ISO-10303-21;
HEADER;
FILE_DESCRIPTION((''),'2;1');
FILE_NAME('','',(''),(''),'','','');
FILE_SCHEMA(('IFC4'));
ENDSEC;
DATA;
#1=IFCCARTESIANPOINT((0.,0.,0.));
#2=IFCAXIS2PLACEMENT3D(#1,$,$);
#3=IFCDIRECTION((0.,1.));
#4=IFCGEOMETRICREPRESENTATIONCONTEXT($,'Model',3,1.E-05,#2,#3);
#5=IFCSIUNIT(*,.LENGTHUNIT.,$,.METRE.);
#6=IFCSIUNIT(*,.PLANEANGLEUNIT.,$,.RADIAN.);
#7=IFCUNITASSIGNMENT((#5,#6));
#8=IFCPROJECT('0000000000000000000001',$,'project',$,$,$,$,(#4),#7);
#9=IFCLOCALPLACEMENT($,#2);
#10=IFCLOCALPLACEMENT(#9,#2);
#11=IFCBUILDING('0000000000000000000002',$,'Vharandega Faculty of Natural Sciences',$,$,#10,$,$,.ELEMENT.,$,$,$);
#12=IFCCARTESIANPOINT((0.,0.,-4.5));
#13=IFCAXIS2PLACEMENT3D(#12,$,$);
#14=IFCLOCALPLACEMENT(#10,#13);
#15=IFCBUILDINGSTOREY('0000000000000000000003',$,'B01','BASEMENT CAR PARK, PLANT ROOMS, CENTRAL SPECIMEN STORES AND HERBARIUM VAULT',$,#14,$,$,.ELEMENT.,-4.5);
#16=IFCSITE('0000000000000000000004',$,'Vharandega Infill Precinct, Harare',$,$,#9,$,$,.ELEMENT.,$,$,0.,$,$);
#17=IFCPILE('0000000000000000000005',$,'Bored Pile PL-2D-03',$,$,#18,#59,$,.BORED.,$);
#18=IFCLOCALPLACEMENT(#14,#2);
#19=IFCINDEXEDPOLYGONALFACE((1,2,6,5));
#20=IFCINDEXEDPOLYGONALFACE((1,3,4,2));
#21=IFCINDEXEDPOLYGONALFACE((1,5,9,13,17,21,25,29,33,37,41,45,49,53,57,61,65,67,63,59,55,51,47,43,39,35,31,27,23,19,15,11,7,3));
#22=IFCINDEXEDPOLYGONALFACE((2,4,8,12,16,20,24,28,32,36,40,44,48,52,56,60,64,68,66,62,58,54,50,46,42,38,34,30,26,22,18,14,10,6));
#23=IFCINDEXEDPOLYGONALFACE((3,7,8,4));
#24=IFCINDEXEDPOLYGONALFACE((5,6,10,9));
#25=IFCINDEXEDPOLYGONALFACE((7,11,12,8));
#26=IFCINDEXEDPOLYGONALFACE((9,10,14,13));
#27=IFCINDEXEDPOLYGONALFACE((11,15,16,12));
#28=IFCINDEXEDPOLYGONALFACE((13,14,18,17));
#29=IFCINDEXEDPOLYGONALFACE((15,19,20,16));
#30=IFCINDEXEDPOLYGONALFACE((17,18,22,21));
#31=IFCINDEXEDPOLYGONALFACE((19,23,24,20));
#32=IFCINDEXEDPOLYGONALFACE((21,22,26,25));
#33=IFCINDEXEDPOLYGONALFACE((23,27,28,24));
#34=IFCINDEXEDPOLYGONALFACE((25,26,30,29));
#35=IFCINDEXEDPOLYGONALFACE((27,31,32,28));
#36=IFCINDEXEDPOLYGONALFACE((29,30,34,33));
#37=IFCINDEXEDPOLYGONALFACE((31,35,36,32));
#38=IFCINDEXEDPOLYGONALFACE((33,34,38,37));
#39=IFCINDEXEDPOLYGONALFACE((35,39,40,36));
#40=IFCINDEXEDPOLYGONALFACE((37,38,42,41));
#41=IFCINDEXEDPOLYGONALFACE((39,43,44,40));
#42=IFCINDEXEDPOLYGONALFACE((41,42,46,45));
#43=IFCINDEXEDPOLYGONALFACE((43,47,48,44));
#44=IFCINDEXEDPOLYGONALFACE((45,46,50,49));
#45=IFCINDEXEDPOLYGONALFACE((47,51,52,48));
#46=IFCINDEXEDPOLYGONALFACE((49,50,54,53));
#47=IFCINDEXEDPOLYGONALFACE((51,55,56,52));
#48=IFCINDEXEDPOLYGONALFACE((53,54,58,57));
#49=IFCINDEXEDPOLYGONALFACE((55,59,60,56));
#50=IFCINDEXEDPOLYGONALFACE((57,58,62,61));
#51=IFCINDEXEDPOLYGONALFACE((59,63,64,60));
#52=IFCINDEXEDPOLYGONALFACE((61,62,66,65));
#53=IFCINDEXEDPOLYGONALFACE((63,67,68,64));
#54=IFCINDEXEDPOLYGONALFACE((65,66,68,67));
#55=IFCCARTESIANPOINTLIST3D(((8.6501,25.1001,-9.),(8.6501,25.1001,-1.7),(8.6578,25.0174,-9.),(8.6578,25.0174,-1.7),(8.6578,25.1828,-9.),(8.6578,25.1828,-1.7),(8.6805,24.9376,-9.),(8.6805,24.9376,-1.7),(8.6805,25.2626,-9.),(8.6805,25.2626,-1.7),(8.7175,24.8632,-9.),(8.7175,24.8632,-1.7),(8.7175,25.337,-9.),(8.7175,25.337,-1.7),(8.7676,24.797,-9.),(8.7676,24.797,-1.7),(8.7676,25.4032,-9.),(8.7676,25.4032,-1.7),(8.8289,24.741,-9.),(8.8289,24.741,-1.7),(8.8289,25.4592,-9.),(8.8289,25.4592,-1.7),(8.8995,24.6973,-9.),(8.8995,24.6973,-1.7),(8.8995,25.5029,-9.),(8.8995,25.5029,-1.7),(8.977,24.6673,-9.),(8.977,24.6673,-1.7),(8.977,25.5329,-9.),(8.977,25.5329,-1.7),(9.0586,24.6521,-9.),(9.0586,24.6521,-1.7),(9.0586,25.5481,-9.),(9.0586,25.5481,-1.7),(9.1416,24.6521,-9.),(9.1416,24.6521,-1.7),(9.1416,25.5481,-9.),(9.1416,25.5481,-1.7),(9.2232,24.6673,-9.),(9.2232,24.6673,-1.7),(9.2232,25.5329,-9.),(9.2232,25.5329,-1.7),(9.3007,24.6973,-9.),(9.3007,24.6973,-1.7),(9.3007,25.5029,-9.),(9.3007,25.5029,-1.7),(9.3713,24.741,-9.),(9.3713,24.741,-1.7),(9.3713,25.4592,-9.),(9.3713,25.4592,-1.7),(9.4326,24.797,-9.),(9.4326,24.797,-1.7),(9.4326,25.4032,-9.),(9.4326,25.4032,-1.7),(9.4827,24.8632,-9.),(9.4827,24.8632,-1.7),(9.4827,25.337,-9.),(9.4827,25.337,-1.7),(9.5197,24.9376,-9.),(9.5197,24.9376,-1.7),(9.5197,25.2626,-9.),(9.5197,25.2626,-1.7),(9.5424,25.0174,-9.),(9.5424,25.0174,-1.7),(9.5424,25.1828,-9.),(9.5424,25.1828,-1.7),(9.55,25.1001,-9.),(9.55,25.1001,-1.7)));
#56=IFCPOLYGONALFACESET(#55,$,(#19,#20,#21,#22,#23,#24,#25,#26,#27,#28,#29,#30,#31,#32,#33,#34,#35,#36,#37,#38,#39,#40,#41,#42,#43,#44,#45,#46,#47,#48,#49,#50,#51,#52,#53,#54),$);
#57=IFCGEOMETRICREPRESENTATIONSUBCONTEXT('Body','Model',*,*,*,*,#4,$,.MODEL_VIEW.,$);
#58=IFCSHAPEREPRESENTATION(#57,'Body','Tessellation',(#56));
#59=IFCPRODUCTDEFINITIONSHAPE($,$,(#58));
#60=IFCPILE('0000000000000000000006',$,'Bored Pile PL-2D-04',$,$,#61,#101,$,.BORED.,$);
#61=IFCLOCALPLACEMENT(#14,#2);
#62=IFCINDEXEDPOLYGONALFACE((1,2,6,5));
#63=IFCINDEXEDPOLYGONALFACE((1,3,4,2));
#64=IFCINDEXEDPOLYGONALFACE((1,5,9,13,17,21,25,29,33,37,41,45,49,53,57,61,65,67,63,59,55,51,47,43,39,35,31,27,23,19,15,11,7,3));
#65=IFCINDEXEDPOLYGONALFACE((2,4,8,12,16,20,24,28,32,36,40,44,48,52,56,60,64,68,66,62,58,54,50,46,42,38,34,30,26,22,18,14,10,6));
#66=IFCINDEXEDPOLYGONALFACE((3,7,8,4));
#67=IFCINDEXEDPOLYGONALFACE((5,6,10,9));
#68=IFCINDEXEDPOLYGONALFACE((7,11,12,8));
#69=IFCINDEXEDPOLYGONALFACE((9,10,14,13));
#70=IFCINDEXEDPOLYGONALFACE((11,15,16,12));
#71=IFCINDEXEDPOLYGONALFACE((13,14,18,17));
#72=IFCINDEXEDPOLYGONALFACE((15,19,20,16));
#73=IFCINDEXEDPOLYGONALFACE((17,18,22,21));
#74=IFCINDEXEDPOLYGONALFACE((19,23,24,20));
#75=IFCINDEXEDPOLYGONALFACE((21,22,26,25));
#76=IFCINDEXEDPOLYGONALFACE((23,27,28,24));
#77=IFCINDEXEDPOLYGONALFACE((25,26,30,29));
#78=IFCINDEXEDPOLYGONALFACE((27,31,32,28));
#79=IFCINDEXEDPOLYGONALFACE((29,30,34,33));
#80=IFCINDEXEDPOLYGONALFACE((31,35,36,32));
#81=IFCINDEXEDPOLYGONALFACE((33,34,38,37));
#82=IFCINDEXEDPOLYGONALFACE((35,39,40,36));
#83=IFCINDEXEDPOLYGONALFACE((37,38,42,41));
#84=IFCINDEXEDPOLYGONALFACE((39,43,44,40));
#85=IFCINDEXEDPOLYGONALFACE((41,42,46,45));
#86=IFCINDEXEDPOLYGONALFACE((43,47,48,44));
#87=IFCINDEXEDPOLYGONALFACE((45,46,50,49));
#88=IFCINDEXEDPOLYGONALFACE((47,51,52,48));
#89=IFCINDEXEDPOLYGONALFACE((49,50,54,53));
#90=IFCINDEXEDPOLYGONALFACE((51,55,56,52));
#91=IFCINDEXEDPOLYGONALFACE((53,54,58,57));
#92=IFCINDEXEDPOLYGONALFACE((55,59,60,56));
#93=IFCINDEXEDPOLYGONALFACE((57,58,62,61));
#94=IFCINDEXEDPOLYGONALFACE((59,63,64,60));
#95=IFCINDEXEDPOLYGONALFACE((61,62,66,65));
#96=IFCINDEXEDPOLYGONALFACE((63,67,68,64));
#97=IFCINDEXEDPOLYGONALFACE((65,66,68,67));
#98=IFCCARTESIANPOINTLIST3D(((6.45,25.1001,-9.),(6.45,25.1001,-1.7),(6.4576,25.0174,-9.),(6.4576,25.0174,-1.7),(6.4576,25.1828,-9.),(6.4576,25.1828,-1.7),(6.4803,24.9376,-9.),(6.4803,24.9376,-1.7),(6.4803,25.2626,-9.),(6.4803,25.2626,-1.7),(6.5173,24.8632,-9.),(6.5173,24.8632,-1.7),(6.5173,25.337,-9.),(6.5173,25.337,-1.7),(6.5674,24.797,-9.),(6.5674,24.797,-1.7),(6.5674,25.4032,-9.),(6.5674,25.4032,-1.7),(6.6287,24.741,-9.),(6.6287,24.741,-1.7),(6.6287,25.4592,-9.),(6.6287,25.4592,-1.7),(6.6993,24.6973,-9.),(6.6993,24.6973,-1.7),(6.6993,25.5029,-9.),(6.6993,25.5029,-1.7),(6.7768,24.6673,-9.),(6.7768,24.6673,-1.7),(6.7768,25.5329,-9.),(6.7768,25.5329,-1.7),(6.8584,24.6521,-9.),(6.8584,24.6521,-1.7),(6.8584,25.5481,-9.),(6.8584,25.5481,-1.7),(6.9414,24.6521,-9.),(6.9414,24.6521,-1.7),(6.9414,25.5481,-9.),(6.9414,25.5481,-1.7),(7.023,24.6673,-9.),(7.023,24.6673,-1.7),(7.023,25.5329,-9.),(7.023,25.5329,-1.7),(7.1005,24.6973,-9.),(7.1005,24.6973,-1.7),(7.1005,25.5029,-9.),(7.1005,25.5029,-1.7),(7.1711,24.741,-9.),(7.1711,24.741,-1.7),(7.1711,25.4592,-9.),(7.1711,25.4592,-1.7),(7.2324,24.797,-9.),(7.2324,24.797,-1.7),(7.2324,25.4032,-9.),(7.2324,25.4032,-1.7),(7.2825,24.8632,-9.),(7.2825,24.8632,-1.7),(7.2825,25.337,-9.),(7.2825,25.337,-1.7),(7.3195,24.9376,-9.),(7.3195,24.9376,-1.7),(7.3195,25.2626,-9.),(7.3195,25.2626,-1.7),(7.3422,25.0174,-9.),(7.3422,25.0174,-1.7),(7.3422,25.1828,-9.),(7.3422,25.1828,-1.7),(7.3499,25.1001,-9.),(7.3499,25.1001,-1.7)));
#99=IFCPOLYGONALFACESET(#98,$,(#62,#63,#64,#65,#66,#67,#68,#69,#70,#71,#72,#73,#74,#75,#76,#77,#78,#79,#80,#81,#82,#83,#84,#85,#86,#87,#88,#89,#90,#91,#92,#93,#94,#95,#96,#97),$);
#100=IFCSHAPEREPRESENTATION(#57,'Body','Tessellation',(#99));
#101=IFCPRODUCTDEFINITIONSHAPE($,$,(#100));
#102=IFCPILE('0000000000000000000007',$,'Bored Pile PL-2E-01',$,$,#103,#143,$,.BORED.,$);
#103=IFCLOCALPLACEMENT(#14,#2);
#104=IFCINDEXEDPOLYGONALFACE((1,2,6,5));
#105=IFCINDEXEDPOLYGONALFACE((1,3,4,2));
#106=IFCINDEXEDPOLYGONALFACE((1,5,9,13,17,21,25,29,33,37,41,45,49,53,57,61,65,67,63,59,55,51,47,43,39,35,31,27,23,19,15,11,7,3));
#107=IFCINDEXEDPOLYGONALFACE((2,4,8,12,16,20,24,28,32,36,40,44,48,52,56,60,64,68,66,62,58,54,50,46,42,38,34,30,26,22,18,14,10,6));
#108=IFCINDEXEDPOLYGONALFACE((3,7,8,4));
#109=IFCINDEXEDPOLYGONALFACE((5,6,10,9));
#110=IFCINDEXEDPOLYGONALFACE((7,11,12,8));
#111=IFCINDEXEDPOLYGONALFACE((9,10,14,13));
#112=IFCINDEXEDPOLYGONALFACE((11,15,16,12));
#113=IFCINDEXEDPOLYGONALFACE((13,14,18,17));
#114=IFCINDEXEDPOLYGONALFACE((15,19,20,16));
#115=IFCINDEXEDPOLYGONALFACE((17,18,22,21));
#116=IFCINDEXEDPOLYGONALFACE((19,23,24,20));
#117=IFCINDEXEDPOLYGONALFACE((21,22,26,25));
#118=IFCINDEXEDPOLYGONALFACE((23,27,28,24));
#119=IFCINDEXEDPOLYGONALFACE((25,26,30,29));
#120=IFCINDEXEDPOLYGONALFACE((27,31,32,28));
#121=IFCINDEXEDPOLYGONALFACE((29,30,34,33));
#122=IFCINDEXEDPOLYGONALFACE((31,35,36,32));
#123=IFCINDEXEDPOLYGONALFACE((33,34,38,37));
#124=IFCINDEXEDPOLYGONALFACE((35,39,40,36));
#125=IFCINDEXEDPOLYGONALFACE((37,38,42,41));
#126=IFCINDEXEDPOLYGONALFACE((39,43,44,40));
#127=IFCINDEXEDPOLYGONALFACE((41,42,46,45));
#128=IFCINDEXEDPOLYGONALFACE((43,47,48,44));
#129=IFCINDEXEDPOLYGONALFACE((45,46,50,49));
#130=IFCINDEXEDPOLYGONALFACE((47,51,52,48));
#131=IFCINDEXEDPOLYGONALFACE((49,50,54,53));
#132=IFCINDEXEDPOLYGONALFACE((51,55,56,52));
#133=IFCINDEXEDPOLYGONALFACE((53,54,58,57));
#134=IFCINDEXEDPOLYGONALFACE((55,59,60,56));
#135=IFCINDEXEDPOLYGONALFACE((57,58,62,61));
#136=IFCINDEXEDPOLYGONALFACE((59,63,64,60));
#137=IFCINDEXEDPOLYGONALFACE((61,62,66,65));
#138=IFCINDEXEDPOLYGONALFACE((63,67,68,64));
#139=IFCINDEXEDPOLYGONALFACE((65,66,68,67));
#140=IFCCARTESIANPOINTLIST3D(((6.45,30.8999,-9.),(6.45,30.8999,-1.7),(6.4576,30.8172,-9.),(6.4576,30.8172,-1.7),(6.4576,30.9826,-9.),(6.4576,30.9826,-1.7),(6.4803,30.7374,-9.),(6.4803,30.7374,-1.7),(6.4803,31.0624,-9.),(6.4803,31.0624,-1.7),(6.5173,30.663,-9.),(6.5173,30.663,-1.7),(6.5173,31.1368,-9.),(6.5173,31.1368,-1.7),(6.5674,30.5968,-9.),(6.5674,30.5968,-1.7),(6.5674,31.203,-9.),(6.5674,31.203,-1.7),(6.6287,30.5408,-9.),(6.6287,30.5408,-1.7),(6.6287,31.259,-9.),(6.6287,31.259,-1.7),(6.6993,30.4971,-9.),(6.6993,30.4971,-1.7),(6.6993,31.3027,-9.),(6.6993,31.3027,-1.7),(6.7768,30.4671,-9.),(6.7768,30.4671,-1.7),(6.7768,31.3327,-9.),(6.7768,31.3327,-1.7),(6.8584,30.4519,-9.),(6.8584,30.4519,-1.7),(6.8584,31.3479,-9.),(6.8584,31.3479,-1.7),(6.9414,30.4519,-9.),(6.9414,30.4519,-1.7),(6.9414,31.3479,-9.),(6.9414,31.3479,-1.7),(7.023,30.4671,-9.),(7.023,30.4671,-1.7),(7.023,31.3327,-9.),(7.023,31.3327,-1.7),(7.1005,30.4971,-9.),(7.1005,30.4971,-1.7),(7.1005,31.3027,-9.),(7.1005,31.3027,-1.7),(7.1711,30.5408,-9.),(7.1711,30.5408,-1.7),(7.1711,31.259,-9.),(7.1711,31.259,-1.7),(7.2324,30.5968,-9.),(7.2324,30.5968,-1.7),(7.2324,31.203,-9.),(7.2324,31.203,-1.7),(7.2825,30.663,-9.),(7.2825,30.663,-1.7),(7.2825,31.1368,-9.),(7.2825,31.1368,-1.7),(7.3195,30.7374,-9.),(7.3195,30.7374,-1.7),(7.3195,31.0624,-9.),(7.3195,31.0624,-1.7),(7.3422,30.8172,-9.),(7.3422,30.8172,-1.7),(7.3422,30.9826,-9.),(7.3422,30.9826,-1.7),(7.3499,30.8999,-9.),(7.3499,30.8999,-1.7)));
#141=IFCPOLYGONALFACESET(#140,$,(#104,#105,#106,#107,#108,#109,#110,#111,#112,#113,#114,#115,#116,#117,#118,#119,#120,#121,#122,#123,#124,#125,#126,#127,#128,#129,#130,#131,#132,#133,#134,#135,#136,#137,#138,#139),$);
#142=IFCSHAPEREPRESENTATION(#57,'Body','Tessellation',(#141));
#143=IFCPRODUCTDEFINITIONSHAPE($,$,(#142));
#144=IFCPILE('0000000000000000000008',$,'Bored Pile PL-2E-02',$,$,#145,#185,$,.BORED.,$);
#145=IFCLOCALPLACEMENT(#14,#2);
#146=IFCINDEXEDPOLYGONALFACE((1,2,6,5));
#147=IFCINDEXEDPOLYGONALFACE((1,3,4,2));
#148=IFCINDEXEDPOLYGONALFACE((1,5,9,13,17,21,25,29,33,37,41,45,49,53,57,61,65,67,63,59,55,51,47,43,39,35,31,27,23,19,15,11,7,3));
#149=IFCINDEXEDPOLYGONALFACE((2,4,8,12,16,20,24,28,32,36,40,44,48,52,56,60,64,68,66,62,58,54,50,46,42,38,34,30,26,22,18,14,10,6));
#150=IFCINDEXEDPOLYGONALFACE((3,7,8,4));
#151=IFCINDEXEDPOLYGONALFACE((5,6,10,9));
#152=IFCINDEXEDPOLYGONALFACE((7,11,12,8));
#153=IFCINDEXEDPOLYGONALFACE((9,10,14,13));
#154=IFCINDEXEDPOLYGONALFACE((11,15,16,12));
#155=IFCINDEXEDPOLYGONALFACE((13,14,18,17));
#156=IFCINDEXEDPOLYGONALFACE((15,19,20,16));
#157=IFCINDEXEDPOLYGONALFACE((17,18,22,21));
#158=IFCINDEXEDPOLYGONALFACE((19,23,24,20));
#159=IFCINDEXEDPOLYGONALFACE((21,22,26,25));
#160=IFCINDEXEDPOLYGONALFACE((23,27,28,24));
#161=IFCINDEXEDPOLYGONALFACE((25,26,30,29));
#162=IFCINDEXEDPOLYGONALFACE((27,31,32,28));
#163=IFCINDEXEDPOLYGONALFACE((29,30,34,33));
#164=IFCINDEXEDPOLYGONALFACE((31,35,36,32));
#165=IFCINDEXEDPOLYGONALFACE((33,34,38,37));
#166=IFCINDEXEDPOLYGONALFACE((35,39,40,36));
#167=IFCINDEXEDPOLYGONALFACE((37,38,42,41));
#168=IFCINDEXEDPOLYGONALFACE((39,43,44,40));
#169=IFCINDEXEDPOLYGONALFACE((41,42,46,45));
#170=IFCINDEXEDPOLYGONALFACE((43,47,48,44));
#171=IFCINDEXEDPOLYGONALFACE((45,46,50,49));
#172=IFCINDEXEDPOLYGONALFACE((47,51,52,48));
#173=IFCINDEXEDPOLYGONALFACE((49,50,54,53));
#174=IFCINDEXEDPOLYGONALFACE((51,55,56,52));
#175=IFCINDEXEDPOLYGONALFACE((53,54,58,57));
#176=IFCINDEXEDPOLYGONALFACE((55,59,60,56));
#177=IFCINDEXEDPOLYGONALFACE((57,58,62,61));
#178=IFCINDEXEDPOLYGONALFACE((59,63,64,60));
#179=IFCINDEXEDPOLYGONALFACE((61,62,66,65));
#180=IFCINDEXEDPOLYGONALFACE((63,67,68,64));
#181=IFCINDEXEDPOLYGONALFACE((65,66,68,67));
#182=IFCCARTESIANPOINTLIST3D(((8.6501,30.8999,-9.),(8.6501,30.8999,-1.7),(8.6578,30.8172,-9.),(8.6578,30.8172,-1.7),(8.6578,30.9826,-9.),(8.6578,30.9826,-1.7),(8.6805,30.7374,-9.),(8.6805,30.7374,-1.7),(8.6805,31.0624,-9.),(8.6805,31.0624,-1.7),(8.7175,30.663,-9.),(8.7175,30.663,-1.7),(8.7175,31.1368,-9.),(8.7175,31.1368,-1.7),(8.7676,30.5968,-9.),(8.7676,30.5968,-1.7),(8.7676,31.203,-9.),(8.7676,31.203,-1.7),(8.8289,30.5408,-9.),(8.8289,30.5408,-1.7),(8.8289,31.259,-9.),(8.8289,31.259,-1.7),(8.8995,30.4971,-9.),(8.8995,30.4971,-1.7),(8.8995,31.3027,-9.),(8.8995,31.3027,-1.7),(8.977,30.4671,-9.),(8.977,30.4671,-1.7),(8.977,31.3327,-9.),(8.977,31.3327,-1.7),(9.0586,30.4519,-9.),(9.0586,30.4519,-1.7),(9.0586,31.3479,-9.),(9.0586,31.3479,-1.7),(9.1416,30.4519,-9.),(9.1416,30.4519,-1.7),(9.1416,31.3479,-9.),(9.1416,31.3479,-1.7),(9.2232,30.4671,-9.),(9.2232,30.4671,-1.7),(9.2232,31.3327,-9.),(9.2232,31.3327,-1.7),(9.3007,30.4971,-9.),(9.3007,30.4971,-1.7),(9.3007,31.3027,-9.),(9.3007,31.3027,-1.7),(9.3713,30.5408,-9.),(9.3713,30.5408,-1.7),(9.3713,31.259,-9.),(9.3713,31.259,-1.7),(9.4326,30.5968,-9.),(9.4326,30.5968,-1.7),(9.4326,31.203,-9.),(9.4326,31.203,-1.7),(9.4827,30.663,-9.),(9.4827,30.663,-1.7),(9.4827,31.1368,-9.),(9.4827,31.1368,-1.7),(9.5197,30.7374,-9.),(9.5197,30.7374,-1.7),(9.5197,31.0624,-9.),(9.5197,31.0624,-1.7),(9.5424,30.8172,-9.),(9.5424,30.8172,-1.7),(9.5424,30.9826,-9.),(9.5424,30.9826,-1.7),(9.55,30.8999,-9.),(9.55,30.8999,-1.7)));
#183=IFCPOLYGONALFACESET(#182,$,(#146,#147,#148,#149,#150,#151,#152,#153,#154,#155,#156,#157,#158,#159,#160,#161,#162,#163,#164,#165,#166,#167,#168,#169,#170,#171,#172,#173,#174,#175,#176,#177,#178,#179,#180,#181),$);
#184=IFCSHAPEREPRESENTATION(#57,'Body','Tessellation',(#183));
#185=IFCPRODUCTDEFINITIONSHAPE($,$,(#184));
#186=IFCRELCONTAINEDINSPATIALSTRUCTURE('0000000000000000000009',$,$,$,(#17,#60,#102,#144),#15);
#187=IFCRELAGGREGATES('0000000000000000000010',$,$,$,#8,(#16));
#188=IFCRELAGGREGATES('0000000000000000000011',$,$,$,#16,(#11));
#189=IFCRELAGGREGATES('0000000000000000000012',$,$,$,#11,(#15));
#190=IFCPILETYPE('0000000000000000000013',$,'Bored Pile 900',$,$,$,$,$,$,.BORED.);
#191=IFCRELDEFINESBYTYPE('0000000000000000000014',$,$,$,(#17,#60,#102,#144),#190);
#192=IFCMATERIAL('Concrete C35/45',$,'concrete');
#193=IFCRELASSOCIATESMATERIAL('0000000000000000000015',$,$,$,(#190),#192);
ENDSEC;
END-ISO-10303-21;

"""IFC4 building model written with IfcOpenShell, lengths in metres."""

from ifc_helpers import new_model, si_unit, direction, frame, origin, origin_2d, place, context, subcontext, project, spatial, circle, extrude, material, material_profile, profile_set, type_object, element, save


model = new_model("IFC4")

# Units and contexts
model_context = context("Model", 3, precision=1e-05, world=origin(), true_north=direction((0.0, 1.0)))
body_context = subcontext(model_context, "Body", "Model", "MODEL_VIEW")
ifc_project = project(units=[si_unit("LENGTHUNIT", "METRE"), si_unit("PLANEANGLEUNIT", "RADIAN")], contexts=[model_context])

# Site, building, storey
site_placement = place(None, origin())
site = spatial("IfcSite", under=ifc_project, at=site_placement, Name="Vharandega Infill Precinct, Harare", CompositionType="ELEMENT", RefElevation=0.0)
building_placement = place(site_placement, origin())
building = spatial("IfcBuilding", under=site, at=building_placement, Name="Vharandega Faculty of Natural Sciences", CompositionType="ELEMENT")
storey_placement = place(building_placement, frame((0.0, 0.0, -4.5)))
storey = spatial("IfcBuildingStorey", under=building, at=storey_placement, Name="B01", Description="BASEMENT CAR PARK, PLANT ROOMS, CENTRAL SPECIMEN STORES AND HERBARIUM VAULT", CompositionType="ELEMENT", Elevation=-4.5)

# Piles
ifc_material_1 = material(Name="Concrete C35/45", Category="concrete")
ifc_material_profile_1 = material_profile(ifc_material_1, circle(Radius=0.45, at=origin_2d()), Name="PILE 900")
ifc_profile_set_1 = profile_set([ifc_material_profile_1], Name="Concrete C35/45")
pile_type = type_object("IfcPileType", Name="Bored Pile 900", PredefinedType="BORED", material=ifc_profile_set_1)
for number, where, z_axis, x_axis, name in (
    (1, (9.1001, 25.1001, -1.7), (0.0, 0.0, -1.0), (1.0, 0.0, 0.0), "Bored Pile PL-2D-03"),
    (2, (6.8999, 25.1001, -1.7), (0.0, 0.0, -1.0), (1.0, 0.0, 0.0), "Bored Pile PL-2D-04"),
    (3, (6.8999, 30.8999, -1.7), (0.0, 0.0, -1.0), (1.0, 0.0, 0.0), "Bored Pile PL-2E-01"),
    (4, (9.1001, 30.8999, -1.7), (0.0, 0.0, -1.0), (1.0, 0.0, 0.0), "Bored Pile PL-2E-02"),
):
    element("IfcPile", number, at=place(storey_placement, frame(where, z_axis=z_axis, x_axis=x_axis)), inside=storey, type_object=pile_type, Name=name, PredefinedType="BORED", context=body_context, shape_type="SweptSolid", body=[
        extrude(circle(Radius=0.45, at=origin_2d()), origin(), (0.0, 0.0, 1.0), 7.3),
    ])

save(model, "model.ifc")
